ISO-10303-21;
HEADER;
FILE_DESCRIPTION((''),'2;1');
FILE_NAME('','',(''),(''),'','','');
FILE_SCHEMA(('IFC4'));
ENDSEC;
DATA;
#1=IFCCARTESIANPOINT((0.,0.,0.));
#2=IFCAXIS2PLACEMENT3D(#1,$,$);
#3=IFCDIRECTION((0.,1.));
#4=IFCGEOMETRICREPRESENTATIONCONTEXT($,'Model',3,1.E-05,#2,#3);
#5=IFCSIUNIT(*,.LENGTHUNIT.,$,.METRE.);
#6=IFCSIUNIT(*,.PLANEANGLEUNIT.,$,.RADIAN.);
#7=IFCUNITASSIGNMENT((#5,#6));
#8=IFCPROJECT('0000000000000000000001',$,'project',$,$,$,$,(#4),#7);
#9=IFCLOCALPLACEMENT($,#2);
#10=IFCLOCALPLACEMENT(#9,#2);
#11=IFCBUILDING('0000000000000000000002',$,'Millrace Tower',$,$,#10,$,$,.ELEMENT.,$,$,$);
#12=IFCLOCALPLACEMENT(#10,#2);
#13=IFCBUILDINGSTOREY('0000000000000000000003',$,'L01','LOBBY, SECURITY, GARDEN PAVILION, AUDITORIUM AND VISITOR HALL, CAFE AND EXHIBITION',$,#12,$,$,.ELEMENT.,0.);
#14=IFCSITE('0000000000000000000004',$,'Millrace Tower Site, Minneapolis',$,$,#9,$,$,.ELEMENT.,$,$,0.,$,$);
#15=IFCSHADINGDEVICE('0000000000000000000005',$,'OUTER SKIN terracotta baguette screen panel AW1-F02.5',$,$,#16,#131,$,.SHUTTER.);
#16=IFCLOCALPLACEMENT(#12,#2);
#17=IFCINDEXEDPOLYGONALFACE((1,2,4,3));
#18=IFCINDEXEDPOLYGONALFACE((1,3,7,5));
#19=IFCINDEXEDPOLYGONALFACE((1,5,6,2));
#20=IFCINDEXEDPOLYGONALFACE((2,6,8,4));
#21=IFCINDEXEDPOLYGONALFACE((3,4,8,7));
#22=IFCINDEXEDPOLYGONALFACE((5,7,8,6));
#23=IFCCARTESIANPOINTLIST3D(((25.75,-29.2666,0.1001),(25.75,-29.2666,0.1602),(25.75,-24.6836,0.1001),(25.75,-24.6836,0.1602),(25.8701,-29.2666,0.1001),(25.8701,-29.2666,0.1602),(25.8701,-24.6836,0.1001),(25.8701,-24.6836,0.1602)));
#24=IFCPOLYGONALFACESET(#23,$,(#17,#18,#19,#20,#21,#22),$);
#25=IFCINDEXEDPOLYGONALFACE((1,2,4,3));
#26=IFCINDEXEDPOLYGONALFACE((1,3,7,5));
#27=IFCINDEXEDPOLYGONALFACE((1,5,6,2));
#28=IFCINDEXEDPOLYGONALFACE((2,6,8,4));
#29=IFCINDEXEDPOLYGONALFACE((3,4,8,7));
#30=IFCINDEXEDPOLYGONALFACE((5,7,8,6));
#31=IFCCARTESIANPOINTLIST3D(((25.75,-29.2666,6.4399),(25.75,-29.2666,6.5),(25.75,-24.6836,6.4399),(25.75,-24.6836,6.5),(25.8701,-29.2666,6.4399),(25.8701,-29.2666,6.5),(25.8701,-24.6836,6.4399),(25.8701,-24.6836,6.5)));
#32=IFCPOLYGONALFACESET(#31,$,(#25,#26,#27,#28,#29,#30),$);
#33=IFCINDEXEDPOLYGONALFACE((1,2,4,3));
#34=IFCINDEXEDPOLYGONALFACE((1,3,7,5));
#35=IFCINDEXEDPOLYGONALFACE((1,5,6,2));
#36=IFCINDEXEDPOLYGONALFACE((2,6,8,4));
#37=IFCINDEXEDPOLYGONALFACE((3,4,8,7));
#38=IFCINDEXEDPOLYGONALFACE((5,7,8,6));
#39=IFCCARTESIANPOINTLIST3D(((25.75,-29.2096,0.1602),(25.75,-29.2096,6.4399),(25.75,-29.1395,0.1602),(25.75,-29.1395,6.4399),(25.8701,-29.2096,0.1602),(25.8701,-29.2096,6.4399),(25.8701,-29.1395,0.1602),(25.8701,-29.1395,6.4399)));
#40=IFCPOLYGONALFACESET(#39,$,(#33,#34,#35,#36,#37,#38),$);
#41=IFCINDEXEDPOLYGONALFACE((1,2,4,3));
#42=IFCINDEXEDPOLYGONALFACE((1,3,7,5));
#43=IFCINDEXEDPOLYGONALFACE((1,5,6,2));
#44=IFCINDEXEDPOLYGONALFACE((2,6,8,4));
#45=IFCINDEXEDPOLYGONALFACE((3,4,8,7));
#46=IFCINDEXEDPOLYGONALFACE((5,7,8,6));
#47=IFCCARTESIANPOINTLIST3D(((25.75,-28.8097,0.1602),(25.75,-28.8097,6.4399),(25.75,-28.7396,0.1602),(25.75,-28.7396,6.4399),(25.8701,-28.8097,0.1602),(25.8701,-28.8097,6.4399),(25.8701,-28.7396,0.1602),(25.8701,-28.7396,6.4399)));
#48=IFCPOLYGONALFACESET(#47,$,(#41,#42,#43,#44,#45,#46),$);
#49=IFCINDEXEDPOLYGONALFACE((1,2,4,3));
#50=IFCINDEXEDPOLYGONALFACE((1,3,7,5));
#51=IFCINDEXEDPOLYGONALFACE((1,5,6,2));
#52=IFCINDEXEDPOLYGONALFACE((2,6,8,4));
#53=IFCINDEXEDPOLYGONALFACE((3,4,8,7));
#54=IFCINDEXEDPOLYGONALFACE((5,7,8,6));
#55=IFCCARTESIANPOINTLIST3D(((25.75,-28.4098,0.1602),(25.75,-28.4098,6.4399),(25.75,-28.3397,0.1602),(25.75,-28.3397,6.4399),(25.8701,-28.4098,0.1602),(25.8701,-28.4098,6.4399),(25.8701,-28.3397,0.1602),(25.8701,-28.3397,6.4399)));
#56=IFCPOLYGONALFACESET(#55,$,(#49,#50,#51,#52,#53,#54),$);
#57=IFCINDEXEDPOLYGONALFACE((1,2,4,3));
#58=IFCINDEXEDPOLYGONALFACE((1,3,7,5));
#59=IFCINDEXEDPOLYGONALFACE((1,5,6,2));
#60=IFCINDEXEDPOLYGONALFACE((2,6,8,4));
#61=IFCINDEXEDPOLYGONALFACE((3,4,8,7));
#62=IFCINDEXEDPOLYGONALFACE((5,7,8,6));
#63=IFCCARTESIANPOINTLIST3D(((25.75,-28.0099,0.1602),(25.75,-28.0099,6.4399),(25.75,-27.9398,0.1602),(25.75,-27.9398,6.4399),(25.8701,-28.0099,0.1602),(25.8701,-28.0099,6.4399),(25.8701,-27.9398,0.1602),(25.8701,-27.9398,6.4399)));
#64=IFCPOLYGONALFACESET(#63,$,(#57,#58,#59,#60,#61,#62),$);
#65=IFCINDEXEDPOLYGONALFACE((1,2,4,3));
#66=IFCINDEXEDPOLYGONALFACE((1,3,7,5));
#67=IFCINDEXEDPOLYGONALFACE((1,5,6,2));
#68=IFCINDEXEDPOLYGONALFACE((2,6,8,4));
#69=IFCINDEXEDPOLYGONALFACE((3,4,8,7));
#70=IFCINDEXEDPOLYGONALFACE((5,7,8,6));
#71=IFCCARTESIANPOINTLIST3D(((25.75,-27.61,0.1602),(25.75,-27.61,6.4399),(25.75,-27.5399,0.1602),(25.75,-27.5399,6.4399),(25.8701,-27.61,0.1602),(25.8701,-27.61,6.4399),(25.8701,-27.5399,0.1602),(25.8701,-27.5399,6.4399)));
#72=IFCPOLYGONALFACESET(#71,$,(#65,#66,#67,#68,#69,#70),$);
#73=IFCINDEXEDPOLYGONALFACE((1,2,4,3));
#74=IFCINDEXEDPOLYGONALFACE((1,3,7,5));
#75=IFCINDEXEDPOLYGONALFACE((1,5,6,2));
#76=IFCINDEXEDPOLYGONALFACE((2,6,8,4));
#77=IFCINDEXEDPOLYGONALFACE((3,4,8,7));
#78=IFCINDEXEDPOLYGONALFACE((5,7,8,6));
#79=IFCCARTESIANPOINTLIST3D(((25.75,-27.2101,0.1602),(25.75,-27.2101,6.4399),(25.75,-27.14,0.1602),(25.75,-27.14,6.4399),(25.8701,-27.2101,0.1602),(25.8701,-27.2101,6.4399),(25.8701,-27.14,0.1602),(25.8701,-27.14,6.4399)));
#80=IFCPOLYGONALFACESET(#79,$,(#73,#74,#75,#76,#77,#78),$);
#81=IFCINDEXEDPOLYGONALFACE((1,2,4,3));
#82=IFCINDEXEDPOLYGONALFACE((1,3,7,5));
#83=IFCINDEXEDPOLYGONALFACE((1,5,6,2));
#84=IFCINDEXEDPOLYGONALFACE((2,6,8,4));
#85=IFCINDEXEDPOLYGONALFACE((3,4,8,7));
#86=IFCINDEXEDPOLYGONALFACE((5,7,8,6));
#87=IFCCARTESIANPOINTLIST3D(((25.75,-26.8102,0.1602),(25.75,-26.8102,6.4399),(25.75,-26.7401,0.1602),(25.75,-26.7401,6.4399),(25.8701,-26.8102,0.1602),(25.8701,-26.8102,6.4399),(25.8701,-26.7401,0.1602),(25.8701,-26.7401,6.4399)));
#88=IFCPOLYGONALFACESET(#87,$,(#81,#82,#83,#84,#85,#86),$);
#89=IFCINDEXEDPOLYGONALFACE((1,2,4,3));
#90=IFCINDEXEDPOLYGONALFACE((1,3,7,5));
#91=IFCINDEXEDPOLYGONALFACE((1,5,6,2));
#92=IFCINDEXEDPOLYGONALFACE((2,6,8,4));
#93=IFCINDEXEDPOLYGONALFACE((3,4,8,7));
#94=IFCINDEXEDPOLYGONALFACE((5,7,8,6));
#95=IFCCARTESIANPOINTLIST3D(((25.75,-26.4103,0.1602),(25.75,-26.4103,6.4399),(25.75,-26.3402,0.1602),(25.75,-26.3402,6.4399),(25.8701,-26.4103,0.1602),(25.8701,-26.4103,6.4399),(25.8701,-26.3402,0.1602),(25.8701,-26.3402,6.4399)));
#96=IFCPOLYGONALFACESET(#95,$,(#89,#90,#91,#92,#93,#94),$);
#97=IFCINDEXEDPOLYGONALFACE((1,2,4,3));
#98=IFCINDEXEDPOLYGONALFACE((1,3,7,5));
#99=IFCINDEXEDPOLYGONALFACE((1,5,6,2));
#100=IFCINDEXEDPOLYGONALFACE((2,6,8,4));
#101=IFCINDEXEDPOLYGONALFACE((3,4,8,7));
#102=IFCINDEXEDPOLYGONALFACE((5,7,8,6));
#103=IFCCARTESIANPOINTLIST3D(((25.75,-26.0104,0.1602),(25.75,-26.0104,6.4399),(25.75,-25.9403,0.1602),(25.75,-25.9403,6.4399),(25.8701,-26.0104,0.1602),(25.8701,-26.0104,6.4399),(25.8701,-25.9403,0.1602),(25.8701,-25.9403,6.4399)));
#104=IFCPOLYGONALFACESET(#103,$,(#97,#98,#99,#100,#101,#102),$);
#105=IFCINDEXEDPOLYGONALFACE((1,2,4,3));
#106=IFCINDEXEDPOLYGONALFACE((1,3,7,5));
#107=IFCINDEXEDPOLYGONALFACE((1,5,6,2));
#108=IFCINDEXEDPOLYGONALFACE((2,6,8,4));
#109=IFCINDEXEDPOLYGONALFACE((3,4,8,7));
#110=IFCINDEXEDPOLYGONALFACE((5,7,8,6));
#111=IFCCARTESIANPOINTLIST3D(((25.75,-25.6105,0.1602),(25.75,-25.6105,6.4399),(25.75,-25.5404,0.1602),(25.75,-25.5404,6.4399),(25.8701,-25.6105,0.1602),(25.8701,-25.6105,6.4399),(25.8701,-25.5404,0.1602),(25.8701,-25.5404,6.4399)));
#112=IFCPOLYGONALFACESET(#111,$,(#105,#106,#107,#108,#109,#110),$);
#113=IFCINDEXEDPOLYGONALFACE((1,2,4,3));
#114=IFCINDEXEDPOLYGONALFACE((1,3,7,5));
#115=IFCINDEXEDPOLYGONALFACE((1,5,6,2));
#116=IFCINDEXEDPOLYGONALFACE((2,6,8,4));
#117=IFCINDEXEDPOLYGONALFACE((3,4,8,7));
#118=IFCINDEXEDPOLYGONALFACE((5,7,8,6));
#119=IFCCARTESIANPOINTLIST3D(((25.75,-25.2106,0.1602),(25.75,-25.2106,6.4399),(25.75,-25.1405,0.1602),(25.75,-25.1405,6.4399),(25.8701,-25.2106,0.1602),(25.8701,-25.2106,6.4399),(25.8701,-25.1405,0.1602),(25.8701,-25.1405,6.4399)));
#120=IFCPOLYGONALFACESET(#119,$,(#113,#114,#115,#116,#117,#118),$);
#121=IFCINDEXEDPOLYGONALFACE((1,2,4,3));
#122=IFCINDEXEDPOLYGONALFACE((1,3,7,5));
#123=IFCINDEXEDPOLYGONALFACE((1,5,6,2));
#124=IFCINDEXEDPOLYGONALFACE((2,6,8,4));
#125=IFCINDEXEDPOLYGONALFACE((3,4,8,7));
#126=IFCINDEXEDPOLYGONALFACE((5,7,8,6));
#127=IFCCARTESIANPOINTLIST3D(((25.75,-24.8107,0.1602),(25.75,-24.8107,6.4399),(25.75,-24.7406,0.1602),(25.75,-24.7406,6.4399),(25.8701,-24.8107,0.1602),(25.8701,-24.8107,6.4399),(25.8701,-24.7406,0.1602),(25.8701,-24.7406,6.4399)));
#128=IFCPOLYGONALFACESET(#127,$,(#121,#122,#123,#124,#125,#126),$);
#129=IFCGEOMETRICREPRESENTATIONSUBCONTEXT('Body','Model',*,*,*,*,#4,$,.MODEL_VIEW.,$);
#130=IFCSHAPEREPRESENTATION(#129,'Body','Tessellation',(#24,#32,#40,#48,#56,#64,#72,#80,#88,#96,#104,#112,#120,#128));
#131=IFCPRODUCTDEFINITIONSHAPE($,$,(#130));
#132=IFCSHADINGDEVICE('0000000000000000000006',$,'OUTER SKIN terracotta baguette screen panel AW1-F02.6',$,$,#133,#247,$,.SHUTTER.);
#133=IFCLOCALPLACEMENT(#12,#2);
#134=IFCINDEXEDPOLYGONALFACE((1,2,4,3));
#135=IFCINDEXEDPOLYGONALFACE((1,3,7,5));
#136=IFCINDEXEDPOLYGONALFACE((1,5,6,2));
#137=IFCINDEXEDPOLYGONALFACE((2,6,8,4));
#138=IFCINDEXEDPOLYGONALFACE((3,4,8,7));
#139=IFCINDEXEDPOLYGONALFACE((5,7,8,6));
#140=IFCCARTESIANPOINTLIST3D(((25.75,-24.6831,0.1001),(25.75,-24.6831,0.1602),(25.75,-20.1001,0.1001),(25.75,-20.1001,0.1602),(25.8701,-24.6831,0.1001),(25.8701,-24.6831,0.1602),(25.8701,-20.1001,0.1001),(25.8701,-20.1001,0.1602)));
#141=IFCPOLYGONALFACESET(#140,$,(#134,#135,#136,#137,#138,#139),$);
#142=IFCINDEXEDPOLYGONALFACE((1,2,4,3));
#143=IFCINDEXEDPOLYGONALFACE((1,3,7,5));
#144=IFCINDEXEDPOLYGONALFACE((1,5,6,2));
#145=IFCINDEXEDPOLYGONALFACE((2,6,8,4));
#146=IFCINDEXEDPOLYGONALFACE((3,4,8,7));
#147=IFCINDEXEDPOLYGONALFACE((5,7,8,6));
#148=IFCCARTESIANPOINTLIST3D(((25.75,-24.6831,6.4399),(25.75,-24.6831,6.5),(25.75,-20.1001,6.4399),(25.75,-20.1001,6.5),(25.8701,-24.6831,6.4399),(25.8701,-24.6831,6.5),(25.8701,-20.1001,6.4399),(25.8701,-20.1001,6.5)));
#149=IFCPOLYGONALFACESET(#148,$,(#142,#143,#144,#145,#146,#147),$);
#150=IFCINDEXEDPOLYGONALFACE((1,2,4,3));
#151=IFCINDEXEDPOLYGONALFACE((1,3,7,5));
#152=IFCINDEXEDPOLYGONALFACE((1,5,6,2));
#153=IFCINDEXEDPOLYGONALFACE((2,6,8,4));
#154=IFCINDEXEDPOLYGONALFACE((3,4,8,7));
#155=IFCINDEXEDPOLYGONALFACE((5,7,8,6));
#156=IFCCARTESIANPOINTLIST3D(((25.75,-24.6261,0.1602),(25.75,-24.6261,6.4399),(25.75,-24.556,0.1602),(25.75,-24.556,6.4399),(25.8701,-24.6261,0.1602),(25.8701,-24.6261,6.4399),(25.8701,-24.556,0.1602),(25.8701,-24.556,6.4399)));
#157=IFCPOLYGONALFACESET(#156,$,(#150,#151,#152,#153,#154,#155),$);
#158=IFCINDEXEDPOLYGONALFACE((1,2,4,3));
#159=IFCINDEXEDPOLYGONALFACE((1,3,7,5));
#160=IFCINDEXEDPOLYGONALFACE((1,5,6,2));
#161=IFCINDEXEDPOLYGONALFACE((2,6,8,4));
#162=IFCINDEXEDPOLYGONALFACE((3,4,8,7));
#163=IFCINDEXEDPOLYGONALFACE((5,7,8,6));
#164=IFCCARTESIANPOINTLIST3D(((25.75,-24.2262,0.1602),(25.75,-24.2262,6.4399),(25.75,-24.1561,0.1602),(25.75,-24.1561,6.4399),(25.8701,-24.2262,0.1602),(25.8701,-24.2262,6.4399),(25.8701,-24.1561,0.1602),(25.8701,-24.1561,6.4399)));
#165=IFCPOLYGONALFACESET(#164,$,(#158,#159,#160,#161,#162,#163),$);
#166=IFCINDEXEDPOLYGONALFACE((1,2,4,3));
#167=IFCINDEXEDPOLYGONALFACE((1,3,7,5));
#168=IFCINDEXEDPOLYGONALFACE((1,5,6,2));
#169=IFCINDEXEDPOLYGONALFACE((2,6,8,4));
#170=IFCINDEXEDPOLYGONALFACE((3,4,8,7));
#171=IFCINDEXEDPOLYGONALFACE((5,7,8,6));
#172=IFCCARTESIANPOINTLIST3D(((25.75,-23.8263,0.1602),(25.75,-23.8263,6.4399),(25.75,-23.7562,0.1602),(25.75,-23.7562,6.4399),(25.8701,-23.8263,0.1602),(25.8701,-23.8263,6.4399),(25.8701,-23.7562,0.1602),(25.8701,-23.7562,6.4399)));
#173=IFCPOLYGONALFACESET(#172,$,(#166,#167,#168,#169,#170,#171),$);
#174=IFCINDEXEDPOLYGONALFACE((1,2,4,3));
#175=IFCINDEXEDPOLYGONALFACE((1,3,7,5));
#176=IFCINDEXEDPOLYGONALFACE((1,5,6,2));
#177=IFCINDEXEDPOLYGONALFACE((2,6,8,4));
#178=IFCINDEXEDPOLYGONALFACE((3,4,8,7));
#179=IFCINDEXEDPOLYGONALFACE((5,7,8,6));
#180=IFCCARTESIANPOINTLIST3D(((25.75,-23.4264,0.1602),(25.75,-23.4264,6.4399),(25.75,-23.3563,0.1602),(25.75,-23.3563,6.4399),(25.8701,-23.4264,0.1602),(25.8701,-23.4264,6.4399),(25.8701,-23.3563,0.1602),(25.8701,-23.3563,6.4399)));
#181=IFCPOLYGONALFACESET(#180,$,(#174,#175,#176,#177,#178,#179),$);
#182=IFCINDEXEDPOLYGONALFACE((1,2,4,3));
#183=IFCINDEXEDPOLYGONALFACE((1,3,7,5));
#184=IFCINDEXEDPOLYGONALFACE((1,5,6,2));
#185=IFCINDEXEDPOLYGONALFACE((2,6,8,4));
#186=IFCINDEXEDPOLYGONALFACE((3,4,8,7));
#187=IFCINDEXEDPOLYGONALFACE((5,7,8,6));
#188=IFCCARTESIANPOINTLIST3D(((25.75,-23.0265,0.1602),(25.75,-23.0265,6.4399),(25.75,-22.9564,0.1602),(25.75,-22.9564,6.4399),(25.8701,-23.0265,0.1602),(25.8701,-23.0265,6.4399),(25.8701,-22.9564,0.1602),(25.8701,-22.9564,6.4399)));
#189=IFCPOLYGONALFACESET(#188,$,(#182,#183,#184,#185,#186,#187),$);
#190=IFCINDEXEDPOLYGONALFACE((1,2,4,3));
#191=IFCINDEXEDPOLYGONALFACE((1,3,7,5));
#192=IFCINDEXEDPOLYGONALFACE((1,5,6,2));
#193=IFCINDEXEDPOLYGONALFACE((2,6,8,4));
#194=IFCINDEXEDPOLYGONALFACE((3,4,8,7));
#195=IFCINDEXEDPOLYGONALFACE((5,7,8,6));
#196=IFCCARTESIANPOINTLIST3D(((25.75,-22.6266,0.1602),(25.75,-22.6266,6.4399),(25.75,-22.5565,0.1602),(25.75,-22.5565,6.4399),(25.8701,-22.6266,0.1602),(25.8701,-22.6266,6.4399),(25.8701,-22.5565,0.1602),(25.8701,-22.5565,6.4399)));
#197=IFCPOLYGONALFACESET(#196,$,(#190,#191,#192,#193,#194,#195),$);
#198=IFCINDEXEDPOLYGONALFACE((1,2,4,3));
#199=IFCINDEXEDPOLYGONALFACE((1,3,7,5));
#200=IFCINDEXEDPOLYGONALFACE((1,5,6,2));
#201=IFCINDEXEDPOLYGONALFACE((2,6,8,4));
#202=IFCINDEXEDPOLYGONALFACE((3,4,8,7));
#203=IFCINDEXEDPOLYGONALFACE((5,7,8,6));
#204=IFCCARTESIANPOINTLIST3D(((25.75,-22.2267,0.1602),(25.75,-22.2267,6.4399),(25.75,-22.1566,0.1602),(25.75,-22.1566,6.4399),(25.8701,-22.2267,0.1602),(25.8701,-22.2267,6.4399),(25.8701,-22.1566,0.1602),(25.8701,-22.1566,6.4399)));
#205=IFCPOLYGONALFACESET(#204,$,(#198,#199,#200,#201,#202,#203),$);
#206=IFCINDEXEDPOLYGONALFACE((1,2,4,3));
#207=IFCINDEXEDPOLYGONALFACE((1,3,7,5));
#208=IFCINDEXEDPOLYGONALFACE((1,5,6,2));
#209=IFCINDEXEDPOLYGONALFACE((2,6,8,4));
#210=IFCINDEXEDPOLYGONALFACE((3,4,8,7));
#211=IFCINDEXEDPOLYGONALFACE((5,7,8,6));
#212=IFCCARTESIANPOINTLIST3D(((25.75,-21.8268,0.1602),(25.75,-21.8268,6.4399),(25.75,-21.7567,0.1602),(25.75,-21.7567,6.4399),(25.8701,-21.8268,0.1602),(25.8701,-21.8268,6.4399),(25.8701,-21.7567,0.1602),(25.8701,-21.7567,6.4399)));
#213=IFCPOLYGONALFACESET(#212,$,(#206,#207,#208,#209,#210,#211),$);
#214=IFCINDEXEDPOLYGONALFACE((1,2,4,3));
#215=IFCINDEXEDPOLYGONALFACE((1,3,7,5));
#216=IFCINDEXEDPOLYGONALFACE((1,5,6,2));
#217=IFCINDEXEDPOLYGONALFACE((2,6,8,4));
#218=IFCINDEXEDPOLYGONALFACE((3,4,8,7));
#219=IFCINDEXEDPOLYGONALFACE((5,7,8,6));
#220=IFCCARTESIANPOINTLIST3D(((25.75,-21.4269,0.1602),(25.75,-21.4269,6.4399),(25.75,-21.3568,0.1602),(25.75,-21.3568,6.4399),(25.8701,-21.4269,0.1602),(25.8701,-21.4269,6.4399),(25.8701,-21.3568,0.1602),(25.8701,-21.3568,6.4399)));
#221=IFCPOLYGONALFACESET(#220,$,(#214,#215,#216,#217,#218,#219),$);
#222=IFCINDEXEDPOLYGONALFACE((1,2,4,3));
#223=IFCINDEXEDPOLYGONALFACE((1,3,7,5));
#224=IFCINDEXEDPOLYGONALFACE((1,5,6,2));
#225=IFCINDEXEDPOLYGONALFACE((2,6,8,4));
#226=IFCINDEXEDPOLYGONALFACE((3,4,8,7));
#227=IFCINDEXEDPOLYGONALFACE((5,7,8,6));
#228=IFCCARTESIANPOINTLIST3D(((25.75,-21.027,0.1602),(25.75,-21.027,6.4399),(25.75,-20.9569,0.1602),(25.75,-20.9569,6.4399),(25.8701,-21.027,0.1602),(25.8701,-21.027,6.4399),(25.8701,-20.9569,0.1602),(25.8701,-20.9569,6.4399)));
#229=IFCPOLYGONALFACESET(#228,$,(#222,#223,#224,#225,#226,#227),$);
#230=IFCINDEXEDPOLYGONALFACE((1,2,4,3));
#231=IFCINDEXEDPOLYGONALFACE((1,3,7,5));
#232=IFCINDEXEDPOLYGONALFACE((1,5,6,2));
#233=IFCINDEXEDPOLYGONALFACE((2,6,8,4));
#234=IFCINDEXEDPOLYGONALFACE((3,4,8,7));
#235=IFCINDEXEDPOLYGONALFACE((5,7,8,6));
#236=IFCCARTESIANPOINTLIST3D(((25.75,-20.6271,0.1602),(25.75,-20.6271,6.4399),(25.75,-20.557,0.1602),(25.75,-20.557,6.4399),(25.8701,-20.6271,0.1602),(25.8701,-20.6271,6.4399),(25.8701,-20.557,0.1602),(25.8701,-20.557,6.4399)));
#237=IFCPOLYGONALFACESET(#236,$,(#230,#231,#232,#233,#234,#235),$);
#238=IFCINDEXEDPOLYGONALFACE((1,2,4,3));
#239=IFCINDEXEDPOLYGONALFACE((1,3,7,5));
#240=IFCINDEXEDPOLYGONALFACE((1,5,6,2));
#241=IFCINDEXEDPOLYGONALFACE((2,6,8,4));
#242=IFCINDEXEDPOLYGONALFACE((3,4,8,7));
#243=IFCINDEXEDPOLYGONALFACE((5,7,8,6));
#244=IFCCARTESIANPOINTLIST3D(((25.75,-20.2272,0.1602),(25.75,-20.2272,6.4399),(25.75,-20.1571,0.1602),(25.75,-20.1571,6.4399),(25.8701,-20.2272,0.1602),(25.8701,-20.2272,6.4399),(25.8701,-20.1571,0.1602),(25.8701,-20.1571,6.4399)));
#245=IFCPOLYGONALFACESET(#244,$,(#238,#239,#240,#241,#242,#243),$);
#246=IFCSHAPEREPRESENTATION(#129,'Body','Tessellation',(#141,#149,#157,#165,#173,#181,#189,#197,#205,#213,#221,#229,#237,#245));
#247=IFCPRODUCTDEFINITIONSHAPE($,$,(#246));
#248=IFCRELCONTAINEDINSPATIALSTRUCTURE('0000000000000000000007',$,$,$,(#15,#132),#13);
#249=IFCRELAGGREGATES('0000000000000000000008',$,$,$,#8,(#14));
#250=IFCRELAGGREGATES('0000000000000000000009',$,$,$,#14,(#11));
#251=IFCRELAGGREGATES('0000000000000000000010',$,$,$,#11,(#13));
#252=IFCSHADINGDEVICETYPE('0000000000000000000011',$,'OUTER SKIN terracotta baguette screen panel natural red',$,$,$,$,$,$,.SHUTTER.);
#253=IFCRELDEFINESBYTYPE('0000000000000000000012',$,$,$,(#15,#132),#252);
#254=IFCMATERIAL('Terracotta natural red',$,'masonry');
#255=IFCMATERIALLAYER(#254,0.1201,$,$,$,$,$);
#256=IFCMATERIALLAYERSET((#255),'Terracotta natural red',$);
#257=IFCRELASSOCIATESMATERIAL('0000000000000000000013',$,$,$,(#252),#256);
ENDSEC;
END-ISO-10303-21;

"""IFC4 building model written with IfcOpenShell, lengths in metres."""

from ifc_helpers import new_model, entity, si_unit, direction, frame, frame_2d, origin, place, context, subcontext, project, spatial, rectangle, extrude, source, transform, mapped, material, layer, layer_set, type_object, element, save


model = new_model("IFC4")

# Units and contexts
model_context = context("Model", 3, precision=1e-05, world=origin(), true_north=direction((0.0, 1.0)))
body_context = subcontext(model_context, "Body", "Model", "MODEL_VIEW")
ifc_project = project(units=[si_unit("LENGTHUNIT", "METRE"), si_unit("PLANEANGLEUNIT", "RADIAN")], contexts=[model_context])

# Site, building, storey
site_placement = place(None, origin())
site = spatial("IfcSite", under=ifc_project, at=site_placement, Name="Millrace Tower Site, Minneapolis", CompositionType="ELEMENT", RefElevation=0.0)
building_placement = place(site_placement, origin())
building = spatial("IfcBuilding", under=site, at=building_placement, Name="Millrace Tower", CompositionType="ELEMENT")
storey_placement = place(building_placement, origin())
storey = spatial("IfcBuildingStorey", under=building, at=storey_placement, Name="L01", Description="LOBBY, SECURITY, GARDEN PAVILION, AUDITORIUM AND VISITOR HALL, CAFE AND EXHIBITION", CompositionType="ELEMENT", Elevation=0.0)

# Shading devices
ifc_material_1 = material(Name="Terracotta natural red", Category="masonry")
ifc_layer_1 = layer(ifc_material_1, 0.1201)
ifc_layer_set_1 = layer_set([ifc_layer_1], Name="Terracotta natural red")
shading_device_type = type_object("IfcShadingDeviceType", Name="OUTER SKIN terracotta baguette screen panel natural red", PredefinedType="SHUTTER", material=ifc_layer_set_1)
cartesian_point = entity("IfcCartesianPoint", [-2.2915, 0.0601])
shared_polyline = entity("IfcPolyline", [cartesian_point, entity("IfcCartesianPoint", [2.2915, 0.0601]), entity("IfcCartesianPoint", [2.2915, -0.0601]), entity("IfcCartesianPoint", [-2.2915, -0.0601]), cartesian_point])
shared_shape = source(origin(), body_context, "Body", "SweptSolid", [
    entity("IfcExtrudedAreaSolid", entity("IfcArbitraryClosedProfileDef", "AREA", None, shared_polyline), entity("IfcAxis2Placement3D", entity("IfcCartesianPoint", [0.0, 0.0, 0.0])), entity("IfcDirection", [0.0, 0.0, 1.0]), 0.0601),
    entity("IfcExtrudedAreaSolid", entity("IfcArbitraryClosedProfileDef", "AREA", None, shared_polyline), entity("IfcAxis2Placement3D", entity("IfcCartesianPoint", [0.0, 0.0, 6.3398])), entity("IfcDirection", [0.0, 0.0, 1.0]), 0.0601),
    extrude(rectangle(XDim=0.0701, YDim=0.1201, at=frame_2d((-2.1995, 0.0))), frame((0.0, 0.0, 0.0601)), (0.0, 0.0, 1.0), 6.2798),
    extrude(rectangle(XDim=0.0701, YDim=0.1201, at=frame_2d((-1.7996, 0.0))), frame((0.0, 0.0, 0.0601)), (0.0, 0.0, 1.0), 6.2798),
    extrude(rectangle(XDim=0.0701, YDim=0.1201, at=frame_2d((-1.3997, 0.0))), frame((0.0, 0.0, 0.0601)), (0.0, 0.0, 1.0), 6.2798),
    extrude(rectangle(XDim=0.0701, YDim=0.1201, at=frame_2d((-0.9998, 0.0))), frame((0.0, 0.0, 0.0601)), (0.0, 0.0, 1.0), 6.2798),
    extrude(rectangle(XDim=0.0701, YDim=0.1201, at=frame_2d((-0.5999, 0.0))), frame((0.0, 0.0, 0.0601)), (0.0, 0.0, 1.0), 6.2798),
    extrude(rectangle(XDim=0.0701, YDim=0.1201, at=frame_2d((-0.2, 0.0))), frame((0.0, 0.0, 0.0601)), (0.0, 0.0, 1.0), 6.2798),
    extrude(rectangle(XDim=0.0701, YDim=0.1201, at=frame_2d((0.2, 0.0))), frame((0.0, 0.0, 0.0601)), (0.0, 0.0, 1.0), 6.2798),
    extrude(rectangle(XDim=0.0701, YDim=0.1201, at=frame_2d((0.5999, 0.0))), frame((0.0, 0.0, 0.0601)), (0.0, 0.0, 1.0), 6.2798),
    extrude(rectangle(XDim=0.0701, YDim=0.1201, at=frame_2d((0.9998, 0.0))), frame((0.0, 0.0, 0.0601)), (0.0, 0.0, 1.0), 6.2798),
    extrude(rectangle(XDim=0.0701, YDim=0.1201, at=frame_2d((1.3997, 0.0))), frame((0.0, 0.0, 0.0601)), (0.0, 0.0, 1.0), 6.2798),
    extrude(rectangle(XDim=0.0701, YDim=0.1201, at=frame_2d((1.7996, 0.0))), frame((0.0, 0.0, 0.0601)), (0.0, 0.0, 1.0), 6.2798),
    extrude(rectangle(XDim=0.0701, YDim=0.1201, at=frame_2d((2.1995, 0.0))), frame((0.0, 0.0, 0.0601)), (0.0, 0.0, 1.0), 6.2798),
])
for number, where, z_axis, x_axis, name in (
    (1, (25.8101, -26.9751, 0.1001), (0.0, 0.0, 1.0), (0.0, 1.0, 0.0), "OUTER SKIN terracotta baguette screen panel AW1-F02.5"),
    (2, (25.8101, -22.3916, 0.1001), (0.0, 0.0, 1.0), (0.0, 1.0, 0.0), "OUTER SKIN terracotta baguette screen panel AW1-F02.6"),
):
    element("IfcShadingDevice", number, at=place(storey_placement, frame(where, z_axis=z_axis, x_axis=x_axis)), inside=storey, type_object=shading_device_type, Name=name, PredefinedType="SHUTTER", context=body_context, shape_type="MappedRepresentation", body=[
        mapped(shared_shape, transform((0.0, 0.0, 0.0), scale=1.0)),
    ])

save(model, "model.ifc")
